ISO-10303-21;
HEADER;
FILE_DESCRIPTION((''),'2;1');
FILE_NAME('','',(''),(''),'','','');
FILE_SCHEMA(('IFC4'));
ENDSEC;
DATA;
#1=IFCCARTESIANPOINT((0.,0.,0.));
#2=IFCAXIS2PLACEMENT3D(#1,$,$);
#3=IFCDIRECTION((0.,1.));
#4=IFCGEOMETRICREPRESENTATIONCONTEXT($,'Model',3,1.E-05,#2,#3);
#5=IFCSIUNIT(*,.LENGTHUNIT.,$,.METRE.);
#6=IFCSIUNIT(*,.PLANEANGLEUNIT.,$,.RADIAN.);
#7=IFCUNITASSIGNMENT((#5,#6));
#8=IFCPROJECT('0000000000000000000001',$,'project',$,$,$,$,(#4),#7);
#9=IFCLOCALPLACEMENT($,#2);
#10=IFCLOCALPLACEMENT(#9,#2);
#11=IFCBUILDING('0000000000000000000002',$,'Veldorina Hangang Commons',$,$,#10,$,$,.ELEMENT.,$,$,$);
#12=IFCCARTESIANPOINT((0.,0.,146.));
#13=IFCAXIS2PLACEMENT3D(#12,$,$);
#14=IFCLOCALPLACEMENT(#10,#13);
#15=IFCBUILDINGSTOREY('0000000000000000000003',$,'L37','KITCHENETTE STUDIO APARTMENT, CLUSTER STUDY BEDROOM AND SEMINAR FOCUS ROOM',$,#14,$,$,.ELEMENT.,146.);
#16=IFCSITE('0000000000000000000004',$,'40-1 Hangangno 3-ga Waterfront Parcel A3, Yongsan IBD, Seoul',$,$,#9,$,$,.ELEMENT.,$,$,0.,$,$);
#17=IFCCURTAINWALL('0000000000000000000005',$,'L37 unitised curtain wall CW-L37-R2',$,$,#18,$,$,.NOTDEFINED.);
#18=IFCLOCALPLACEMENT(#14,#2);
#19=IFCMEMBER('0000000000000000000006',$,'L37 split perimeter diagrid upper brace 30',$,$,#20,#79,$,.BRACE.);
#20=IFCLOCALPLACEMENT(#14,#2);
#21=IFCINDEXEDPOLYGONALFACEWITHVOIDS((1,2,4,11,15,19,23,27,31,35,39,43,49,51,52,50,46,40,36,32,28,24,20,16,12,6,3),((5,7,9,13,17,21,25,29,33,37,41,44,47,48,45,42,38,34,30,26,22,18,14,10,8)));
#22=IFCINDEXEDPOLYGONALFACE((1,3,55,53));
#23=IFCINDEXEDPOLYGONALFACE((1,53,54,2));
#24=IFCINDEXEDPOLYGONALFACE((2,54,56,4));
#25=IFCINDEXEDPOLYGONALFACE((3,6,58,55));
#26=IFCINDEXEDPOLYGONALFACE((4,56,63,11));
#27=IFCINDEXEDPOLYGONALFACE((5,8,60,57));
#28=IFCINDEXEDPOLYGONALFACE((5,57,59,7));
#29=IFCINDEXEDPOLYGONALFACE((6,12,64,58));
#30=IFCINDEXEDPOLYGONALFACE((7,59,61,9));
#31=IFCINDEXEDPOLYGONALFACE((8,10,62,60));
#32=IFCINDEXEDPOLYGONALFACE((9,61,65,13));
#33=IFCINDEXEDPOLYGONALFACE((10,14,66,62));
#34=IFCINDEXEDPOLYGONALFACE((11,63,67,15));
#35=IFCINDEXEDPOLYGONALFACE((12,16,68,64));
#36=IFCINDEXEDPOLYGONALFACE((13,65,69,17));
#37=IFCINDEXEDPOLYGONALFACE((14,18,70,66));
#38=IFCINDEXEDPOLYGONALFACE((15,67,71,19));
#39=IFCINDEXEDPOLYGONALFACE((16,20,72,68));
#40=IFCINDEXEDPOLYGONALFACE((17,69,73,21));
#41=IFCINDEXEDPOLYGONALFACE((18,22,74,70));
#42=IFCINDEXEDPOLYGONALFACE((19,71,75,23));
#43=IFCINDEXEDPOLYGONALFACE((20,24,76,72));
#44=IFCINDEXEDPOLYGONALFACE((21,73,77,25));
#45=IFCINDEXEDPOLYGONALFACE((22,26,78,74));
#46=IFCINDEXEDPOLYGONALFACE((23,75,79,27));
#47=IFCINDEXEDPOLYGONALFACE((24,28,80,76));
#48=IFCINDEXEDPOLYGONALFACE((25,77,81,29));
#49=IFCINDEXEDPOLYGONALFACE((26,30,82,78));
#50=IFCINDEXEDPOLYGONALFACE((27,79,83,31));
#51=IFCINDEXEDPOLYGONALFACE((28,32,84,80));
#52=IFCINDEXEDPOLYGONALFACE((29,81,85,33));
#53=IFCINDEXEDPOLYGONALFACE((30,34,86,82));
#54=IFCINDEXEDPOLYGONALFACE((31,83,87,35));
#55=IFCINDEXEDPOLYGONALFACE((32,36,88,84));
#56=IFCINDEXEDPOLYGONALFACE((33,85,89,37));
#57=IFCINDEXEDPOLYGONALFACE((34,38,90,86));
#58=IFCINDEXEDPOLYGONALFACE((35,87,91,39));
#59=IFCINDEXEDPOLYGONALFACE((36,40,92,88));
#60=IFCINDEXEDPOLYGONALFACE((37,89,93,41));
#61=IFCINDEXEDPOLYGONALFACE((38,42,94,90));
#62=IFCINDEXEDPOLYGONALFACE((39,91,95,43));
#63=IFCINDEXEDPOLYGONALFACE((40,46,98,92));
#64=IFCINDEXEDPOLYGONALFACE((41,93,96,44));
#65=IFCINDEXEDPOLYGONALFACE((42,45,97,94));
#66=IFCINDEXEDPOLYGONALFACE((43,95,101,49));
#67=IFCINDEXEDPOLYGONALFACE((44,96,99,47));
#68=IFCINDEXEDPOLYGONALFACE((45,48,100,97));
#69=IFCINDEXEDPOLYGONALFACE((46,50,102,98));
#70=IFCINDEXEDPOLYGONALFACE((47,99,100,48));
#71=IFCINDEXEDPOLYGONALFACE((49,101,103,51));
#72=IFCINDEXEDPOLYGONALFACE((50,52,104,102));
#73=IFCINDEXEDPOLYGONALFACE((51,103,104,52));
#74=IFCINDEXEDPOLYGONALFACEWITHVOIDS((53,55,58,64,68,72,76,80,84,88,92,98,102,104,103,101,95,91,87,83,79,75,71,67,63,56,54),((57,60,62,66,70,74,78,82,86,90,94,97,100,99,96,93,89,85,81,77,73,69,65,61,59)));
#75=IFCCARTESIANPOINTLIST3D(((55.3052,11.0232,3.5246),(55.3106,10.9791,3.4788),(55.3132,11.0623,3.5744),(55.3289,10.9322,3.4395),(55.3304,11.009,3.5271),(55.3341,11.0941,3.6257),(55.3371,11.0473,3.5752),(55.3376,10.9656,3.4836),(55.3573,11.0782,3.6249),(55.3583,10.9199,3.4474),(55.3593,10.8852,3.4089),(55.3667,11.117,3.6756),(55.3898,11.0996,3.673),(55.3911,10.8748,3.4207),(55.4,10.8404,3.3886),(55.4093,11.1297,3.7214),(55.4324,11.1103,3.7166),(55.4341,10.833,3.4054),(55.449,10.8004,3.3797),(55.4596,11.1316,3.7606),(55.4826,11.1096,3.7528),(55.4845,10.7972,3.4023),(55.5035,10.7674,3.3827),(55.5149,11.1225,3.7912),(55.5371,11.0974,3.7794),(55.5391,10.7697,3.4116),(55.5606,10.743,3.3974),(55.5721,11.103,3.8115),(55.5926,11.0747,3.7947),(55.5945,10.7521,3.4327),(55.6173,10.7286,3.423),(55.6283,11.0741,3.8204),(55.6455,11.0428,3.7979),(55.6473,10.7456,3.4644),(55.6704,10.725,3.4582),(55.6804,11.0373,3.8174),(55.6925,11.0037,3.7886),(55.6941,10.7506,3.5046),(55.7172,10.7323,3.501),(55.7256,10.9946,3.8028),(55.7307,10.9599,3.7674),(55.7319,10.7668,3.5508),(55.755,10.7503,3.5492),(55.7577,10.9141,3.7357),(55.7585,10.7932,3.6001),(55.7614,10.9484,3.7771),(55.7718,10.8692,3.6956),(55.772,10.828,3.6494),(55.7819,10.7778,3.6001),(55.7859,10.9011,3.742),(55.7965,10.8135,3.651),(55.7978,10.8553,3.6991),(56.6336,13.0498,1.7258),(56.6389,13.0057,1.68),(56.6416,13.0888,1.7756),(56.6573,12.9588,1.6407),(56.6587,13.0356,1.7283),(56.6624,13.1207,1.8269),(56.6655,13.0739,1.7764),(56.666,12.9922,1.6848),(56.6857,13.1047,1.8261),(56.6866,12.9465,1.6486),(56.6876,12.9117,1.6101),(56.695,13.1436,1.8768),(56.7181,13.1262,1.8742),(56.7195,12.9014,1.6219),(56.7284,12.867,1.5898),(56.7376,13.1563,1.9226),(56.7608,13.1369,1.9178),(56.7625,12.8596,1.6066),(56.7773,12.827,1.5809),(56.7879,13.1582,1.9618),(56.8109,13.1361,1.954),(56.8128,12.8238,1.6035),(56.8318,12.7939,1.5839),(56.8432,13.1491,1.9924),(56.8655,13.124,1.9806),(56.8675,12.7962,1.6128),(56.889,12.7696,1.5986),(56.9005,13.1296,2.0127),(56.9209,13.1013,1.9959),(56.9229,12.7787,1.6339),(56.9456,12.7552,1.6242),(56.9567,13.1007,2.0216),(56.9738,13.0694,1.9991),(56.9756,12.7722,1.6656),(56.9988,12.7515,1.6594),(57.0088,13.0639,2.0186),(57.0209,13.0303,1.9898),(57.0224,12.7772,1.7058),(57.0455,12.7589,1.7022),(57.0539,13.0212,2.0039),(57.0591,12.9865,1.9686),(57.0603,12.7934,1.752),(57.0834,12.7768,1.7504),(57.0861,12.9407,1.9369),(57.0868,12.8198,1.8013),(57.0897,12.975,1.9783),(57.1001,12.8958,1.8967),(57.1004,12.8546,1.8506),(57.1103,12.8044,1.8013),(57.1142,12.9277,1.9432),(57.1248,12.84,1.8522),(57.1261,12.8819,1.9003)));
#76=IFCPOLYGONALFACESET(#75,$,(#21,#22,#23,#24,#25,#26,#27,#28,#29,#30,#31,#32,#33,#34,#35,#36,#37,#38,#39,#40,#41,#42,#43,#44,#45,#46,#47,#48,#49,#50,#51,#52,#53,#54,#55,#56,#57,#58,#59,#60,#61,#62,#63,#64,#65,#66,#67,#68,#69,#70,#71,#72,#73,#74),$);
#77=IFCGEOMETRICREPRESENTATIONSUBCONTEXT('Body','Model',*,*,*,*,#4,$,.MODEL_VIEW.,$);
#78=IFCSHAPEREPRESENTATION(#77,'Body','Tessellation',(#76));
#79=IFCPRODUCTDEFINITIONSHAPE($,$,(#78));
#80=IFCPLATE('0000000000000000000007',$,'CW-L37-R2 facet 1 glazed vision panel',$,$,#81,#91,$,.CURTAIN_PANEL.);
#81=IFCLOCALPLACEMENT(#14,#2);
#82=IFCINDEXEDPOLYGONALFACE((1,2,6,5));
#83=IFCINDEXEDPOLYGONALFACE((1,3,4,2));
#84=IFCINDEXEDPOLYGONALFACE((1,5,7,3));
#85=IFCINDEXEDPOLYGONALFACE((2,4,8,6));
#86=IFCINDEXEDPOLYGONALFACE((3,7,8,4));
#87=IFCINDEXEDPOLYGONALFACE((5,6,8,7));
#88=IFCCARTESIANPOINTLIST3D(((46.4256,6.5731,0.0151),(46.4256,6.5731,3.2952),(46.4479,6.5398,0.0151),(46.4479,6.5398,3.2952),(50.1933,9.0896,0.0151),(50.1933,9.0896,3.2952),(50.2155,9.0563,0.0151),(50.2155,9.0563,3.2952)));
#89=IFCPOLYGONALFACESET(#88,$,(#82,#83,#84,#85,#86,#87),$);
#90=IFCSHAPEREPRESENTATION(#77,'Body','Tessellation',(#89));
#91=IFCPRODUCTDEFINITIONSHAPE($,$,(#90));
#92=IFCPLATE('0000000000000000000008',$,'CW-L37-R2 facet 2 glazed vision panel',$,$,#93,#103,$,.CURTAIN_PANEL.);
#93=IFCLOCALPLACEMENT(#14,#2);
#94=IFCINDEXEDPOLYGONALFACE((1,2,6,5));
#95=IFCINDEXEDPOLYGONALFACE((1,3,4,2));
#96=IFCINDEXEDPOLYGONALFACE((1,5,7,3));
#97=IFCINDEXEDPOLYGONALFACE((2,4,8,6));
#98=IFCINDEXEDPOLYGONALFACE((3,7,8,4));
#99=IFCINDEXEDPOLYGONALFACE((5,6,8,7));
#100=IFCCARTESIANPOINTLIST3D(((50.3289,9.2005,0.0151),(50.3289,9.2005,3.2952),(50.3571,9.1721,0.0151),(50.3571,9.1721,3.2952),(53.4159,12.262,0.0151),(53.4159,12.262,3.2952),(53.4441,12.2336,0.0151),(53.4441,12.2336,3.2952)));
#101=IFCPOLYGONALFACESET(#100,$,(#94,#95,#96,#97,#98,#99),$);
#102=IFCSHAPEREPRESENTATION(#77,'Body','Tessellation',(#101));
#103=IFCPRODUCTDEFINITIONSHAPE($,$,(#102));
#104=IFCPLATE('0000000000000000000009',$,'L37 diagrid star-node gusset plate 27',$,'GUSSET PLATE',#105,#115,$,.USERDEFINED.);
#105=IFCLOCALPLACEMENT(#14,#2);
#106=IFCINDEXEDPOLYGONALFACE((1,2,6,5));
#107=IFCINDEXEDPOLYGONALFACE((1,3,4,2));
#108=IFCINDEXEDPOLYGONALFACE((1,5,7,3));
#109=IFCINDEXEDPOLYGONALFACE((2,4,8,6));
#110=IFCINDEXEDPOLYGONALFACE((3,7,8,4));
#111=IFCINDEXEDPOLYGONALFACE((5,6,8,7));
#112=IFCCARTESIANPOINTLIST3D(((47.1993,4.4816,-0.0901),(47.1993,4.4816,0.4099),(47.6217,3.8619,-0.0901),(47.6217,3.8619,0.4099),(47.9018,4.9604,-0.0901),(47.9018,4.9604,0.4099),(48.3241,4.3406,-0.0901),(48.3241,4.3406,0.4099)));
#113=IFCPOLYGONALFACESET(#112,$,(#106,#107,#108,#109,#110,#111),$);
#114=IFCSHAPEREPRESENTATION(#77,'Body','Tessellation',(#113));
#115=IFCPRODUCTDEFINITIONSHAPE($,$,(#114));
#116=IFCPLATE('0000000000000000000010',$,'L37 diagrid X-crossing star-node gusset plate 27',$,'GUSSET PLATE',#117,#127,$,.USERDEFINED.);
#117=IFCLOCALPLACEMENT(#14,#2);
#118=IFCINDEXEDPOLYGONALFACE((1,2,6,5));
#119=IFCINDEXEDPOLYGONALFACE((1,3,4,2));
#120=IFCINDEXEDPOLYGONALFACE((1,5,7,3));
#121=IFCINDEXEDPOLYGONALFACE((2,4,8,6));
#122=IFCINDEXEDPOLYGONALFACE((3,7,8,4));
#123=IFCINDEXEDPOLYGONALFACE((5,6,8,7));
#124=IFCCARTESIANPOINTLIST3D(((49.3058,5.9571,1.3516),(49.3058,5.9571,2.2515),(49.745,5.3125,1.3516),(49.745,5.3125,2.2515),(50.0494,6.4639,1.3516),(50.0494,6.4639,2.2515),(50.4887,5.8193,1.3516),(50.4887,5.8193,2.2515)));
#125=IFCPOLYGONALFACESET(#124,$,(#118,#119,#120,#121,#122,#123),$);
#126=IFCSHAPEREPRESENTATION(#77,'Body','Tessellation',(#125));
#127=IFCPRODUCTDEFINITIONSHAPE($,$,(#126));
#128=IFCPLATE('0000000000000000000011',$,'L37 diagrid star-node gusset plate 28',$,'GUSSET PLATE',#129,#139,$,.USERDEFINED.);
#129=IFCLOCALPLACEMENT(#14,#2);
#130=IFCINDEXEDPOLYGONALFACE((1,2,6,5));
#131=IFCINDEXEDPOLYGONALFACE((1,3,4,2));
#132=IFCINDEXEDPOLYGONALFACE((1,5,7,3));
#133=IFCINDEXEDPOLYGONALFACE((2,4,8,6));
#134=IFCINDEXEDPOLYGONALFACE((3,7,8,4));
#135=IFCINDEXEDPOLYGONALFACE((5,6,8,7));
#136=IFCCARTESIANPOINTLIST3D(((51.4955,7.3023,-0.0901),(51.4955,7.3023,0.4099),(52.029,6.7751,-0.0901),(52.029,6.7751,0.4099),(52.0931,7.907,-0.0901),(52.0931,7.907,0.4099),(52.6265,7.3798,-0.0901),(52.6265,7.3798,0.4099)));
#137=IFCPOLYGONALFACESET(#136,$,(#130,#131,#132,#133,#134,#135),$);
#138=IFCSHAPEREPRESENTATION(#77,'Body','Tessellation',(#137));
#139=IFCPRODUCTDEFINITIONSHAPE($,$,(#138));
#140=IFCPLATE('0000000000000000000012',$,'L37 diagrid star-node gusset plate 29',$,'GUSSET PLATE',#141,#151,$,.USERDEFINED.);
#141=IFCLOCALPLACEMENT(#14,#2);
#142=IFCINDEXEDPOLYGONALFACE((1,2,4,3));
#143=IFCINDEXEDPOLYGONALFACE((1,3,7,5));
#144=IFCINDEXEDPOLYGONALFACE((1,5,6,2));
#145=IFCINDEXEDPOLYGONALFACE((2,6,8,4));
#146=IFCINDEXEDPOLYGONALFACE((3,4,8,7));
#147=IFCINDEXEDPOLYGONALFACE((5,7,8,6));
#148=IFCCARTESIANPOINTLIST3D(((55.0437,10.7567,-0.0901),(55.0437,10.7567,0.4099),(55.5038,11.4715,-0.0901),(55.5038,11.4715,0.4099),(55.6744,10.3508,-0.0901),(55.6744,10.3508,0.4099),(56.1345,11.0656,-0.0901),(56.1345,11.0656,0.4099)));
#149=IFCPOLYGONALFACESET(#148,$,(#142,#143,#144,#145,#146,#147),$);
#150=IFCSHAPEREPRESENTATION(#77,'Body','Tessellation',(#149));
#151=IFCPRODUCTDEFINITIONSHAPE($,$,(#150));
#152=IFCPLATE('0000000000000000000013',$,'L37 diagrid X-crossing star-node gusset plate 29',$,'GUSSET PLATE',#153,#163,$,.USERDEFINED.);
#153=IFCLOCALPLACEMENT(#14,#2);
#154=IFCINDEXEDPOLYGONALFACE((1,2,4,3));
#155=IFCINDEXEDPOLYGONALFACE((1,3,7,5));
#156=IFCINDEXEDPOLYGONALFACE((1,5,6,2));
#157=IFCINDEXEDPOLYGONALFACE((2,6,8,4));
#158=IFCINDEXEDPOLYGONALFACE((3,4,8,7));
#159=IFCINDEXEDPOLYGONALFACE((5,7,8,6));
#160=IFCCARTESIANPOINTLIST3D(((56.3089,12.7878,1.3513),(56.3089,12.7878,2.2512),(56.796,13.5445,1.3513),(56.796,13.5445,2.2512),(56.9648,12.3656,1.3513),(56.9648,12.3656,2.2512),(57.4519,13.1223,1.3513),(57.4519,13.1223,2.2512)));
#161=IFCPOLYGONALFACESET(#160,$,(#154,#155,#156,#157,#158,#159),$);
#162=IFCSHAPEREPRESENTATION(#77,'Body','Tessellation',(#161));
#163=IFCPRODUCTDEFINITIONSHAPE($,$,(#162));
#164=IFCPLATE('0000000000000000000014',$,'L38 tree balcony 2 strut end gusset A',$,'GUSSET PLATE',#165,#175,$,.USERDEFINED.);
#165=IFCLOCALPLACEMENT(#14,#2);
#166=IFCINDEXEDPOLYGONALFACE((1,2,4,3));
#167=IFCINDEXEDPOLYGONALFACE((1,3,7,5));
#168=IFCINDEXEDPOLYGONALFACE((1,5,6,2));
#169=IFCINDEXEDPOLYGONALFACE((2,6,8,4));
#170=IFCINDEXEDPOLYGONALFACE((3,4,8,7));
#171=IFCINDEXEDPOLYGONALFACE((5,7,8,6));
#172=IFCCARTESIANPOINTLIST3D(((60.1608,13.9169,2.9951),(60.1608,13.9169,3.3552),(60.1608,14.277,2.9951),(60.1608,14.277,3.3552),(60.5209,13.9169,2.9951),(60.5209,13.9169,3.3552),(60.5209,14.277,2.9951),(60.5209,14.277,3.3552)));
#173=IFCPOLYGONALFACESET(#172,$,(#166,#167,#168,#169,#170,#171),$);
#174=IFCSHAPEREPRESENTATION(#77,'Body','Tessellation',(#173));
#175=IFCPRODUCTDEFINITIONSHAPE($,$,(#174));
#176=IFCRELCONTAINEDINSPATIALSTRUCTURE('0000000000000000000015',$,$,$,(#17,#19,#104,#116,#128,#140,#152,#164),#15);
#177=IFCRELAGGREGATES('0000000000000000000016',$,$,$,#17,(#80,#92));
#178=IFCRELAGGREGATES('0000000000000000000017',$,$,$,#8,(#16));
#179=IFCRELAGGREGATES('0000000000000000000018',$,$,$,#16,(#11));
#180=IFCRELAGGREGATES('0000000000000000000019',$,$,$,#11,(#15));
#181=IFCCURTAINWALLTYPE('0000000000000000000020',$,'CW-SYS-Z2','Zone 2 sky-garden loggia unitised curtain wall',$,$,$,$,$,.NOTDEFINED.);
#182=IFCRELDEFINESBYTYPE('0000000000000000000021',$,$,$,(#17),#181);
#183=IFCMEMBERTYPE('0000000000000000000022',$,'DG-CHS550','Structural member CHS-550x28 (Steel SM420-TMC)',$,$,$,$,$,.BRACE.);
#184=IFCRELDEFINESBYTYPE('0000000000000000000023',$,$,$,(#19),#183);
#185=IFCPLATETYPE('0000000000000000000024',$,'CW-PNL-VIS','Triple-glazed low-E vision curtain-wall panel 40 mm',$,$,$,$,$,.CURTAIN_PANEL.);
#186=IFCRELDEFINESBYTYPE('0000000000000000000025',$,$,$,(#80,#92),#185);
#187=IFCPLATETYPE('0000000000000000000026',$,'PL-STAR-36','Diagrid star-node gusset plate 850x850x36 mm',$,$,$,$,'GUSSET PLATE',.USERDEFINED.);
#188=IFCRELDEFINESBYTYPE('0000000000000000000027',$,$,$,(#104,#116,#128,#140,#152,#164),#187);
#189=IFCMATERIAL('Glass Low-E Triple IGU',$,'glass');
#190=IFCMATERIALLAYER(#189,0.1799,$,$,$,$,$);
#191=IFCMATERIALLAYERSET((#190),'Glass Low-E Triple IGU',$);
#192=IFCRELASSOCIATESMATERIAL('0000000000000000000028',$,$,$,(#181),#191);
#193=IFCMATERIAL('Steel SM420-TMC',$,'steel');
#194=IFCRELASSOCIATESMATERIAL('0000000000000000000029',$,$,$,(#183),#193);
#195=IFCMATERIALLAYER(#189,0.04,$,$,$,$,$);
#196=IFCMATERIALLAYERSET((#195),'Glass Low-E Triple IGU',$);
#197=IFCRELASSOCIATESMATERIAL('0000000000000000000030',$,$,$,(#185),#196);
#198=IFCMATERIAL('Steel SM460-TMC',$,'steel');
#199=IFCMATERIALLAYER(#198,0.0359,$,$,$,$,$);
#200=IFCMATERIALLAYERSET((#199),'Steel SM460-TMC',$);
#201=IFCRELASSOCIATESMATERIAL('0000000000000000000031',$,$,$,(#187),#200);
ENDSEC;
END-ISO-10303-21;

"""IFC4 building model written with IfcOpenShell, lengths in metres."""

from ifc_helpers import new_model, si_unit, direction, frame, origin, origin_2d, place, context, subcontext, project, spatial, rectangle, hollow_circle, extrude, material, layer, layer_set, material_profile, profile_set, type_object, element, aggregate, save


model = new_model("IFC4")

# Units and contexts
model_context = context("Model", 3, precision=1e-05, world=origin(), true_north=direction((0.0, 1.0)))
body_context = subcontext(model_context, "Body", "Model", "MODEL_VIEW")
ifc_project = project(units=[si_unit("LENGTHUNIT", "METRE"), si_unit("PLANEANGLEUNIT", "RADIAN")], contexts=[model_context])

# Site, building, storey
site_placement = place(None, origin())
site = spatial("IfcSite", under=ifc_project, at=site_placement, Name="40-1 Hangangno 3-ga Waterfront Parcel A3, Yongsan IBD, Seoul", CompositionType="ELEMENT", RefElevation=0.0)
building_placement = place(site_placement, origin())
building = spatial("IfcBuilding", under=site, at=building_placement, Name="Veldorina Hangang Commons", CompositionType="ELEMENT")
storey_placement = place(building_placement, frame((0.0, 0.0, 146.0)))
storey = spatial("IfcBuildingStorey", under=building, at=storey_placement, Name="L37", Description="KITCHENETTE STUDIO APARTMENT, CLUSTER STUDY BEDROOM AND SEMINAR FOCUS ROOM", CompositionType="ELEMENT", Elevation=146.0)

# Shared definitions
ifc_material_1 = material(Name="Steel SM420-TMC", Category="steel")

# Curtain wall
ifc_material_2 = material(Name="Glass Low-E Triple IGU", Category="glass")
ifc_layer_1 = layer(ifc_material_2, 0.1799)
ifc_layer_set_1 = layer_set([ifc_layer_1], Name="Glass Low-E Triple IGU")
curtain_wall_type = type_object("IfcCurtainWallType", Name="CW-SYS-Z2", Description="Zone 2 sky-garden loggia unitised curtain wall", PredefinedType="NOTDEFINED", material=ifc_layer_set_1)
curtain_wall_placement = place(storey_placement, origin())
curtain_wall = element("IfcCurtainWall", 1, at=curtain_wall_placement, inside=storey, type_object=curtain_wall_type, Name="L37 unitised curtain wall CW-L37-R2", PredefinedType="NOTDEFINED")

# Member
ifc_material_profile_1 = material_profile(ifc_material_1, hollow_circle(Radius=0.2749, WallThickness=0.0281, at=origin_2d()), Name="CHS-550x28")
ifc_profile_set_1 = profile_set([ifc_material_profile_1], Name="Steel SM420-TMC")
member_type_1 = type_object("IfcMemberType", Name="DG-CHS550", Description="Structural member CHS-550x28 (Steel SM420-TMC)", PredefinedType="BRACE", material=ifc_profile_set_1)
member_1_placement = place(storey_placement, frame((56.8804, 12.9551, 1.8013), z_axis=(-0.440169, -0.671538, 0.59606), x_axis=(0.83635, -0.548196, 0.0)))
element("IfcMember", 2, at=member_1_placement, inside=storey, type_object=member_type_1, Name="L37 split perimeter diagrid upper brace 30", PredefinedType="BRACE", context=body_context, shape_type="SweptSolid", body=[
    extrude(hollow_circle(Radius=0.2749, WallThickness=0.0281, at=origin_2d()), origin(), (0.0, 0.0, 1.0), 3.0178),
])

# Plates
ifc_layer_2 = layer(ifc_material_2, 0.04)
ifc_layer_set_2 = layer_set([ifc_layer_2], Name="Glass Low-E Triple IGU")
plate_type_1 = type_object("IfcPlateType", Name="CW-PNL-VIS", Description="Triple-glazed low-E vision curtain-wall panel 40 mm", PredefinedType="CURTAIN_PANEL", material=ifc_layer_set_2)
plate_1_placement = place(storey_placement, frame((48.3206, 7.8147, 0.0151), z_axis=(0.0, 0.0, 1.0), x_axis=(0.831567, 0.555425, 0.0)))
plate_1 = element("IfcPlate", 3, at=plate_1_placement, type_object=plate_type_1, Name="CW-L37-R2 facet 1 glazed vision panel", PredefinedType="CURTAIN_PANEL", context=body_context, shape_type="SweptSolid", body=[
    extrude(rectangle(XDim=4.5308, YDim=0.04, at=origin_2d()), origin(), (0.0, 0.0, 1.0), 3.28),
])
plate_2_placement = place(storey_placement, frame((51.8865, 10.717, 0.0151), z_axis=(0.0, 0.0, 1.0), x_axis=(0.710038, 0.704163, 0.0)))
plate_2 = element("IfcPlate", 4, at=plate_2_placement, type_object=plate_type_1, Name="CW-L37-R2 facet 2 glazed vision panel", PredefinedType="CURTAIN_PANEL", context=body_context, shape_type="SweptSolid", body=[
    extrude(rectangle(XDim=4.3477, YDim=0.04, at=origin_2d()), origin(), (0.0, 0.0, 1.0), 3.28),
])
aggregate(curtain_wall, [plate_1, plate_2])

# Plates
ifc_material_3 = material(Name="Steel SM460-TMC", Category="steel")
ifc_layer_3 = layer(ifc_material_3, 0.0359)
ifc_layer_set_3 = layer_set([ifc_layer_3], Name="Steel SM460-TMC")
plate_type_2 = type_object("IfcPlateType", Name="PL-STAR-36", Description="Diagrid star-node gusset plate 850x850x36 mm", ElementType="GUSSET PLATE", PredefinedType="USERDEFINED", material=ifc_layer_set_3)
plate_3_placement = place(storey_placement, frame((47.7617, 4.4111, -0.0901), z_axis=(0.0, 0.0, 1.0), x_axis=(0.826354, 0.563151, 0.0)))
element("IfcPlate", 5, at=plate_3_placement, inside=storey, type_object=plate_type_2, Name="L37 diagrid star-node gusset plate 27", ObjectType="GUSSET PLATE", PredefinedType="USERDEFINED", context=body_context, shape_type="SweptSolid", body=[
    extrude(rectangle(XDim=0.8501, YDim=0.75, at=origin_2d()), origin(), (0.0, 0.0, 1.0), 0.5),
])
plate_4_placement = place(storey_placement, frame((49.8972, 5.8882, 1.3516), z_axis=(0.0, 0.0, 1.0), x_axis=(0.826354, 0.563151, 0.0)))
element("IfcPlate", 6, at=plate_4_placement, inside=storey, type_object=plate_type_2, Name="L37 diagrid X-crossing star-node gusset plate 27", ObjectType="GUSSET PLATE", PredefinedType="USERDEFINED", context=body_context, shape_type="SweptSolid", body=[
    extrude(rectangle(XDim=0.8999, YDim=0.78, at=origin_2d()), origin(), (0.0, 0.0, 1.0), 0.8999),
])
for number, where, z_axis, x_axis, name in (
    (7, (52.061, 7.3411, -0.0901), (0.0, 0.0, 1.0), (0.702923, 0.711266, 0.0), "L37 diagrid star-node gusset plate 28"),
    (8, (55.5891, 10.9111, -0.0901), (0.0, 0.0, 1.0), (0.541239, 0.840869, 0.0), "L37 diagrid star-node gusset plate 29"),
):
    element("IfcPlate", number, at=place(storey_placement, frame(where, z_axis=z_axis, x_axis=x_axis)), inside=storey, type_object=plate_type_2, Name=name, ObjectType="GUSSET PLATE", PredefinedType="USERDEFINED", context=body_context, shape_type="SweptSolid", body=[
        extrude(rectangle(XDim=0.8501, YDim=0.75, at=origin_2d()), origin(), (0.0, 0.0, 1.0), 0.5),
    ])
plate_5_placement = place(storey_placement, frame((56.8804, 12.9551, 1.3513), z_axis=(0.0, 0.0, 1.0), x_axis=(0.541239, 0.840869, 0.0)))
element("IfcPlate", 9, at=plate_5_placement, inside=storey, type_object=plate_type_2, Name="L37 diagrid X-crossing star-node gusset plate 29", ObjectType="GUSSET PLATE", PredefinedType="USERDEFINED", context=body_context, shape_type="SweptSolid", body=[
    extrude(rectangle(XDim=0.8999, YDim=0.78, at=origin_2d()), origin(), (0.0, 0.0, 1.0), 0.8999),
])
plate_6_placement = place(storey_placement, frame((60.3408, 14.0969, 2.9951), z_axis=(0.0, 0.0, 1.0), x_axis=(1.0, 0.0, 0.0)))
element("IfcPlate", 10, at=plate_6_placement, inside=storey, type_object=plate_type_2, Name="L38 tree balcony 2 strut end gusset A", ObjectType="GUSSET PLATE", PredefinedType="USERDEFINED", context=body_context, shape_type="SweptSolid", body=[
    extrude(rectangle(XDim=0.3601, YDim=0.3601, at=origin_2d()), origin(), (0.0, 0.0, 1.0), 0.3601),
])

save(model, "model.ifc")
